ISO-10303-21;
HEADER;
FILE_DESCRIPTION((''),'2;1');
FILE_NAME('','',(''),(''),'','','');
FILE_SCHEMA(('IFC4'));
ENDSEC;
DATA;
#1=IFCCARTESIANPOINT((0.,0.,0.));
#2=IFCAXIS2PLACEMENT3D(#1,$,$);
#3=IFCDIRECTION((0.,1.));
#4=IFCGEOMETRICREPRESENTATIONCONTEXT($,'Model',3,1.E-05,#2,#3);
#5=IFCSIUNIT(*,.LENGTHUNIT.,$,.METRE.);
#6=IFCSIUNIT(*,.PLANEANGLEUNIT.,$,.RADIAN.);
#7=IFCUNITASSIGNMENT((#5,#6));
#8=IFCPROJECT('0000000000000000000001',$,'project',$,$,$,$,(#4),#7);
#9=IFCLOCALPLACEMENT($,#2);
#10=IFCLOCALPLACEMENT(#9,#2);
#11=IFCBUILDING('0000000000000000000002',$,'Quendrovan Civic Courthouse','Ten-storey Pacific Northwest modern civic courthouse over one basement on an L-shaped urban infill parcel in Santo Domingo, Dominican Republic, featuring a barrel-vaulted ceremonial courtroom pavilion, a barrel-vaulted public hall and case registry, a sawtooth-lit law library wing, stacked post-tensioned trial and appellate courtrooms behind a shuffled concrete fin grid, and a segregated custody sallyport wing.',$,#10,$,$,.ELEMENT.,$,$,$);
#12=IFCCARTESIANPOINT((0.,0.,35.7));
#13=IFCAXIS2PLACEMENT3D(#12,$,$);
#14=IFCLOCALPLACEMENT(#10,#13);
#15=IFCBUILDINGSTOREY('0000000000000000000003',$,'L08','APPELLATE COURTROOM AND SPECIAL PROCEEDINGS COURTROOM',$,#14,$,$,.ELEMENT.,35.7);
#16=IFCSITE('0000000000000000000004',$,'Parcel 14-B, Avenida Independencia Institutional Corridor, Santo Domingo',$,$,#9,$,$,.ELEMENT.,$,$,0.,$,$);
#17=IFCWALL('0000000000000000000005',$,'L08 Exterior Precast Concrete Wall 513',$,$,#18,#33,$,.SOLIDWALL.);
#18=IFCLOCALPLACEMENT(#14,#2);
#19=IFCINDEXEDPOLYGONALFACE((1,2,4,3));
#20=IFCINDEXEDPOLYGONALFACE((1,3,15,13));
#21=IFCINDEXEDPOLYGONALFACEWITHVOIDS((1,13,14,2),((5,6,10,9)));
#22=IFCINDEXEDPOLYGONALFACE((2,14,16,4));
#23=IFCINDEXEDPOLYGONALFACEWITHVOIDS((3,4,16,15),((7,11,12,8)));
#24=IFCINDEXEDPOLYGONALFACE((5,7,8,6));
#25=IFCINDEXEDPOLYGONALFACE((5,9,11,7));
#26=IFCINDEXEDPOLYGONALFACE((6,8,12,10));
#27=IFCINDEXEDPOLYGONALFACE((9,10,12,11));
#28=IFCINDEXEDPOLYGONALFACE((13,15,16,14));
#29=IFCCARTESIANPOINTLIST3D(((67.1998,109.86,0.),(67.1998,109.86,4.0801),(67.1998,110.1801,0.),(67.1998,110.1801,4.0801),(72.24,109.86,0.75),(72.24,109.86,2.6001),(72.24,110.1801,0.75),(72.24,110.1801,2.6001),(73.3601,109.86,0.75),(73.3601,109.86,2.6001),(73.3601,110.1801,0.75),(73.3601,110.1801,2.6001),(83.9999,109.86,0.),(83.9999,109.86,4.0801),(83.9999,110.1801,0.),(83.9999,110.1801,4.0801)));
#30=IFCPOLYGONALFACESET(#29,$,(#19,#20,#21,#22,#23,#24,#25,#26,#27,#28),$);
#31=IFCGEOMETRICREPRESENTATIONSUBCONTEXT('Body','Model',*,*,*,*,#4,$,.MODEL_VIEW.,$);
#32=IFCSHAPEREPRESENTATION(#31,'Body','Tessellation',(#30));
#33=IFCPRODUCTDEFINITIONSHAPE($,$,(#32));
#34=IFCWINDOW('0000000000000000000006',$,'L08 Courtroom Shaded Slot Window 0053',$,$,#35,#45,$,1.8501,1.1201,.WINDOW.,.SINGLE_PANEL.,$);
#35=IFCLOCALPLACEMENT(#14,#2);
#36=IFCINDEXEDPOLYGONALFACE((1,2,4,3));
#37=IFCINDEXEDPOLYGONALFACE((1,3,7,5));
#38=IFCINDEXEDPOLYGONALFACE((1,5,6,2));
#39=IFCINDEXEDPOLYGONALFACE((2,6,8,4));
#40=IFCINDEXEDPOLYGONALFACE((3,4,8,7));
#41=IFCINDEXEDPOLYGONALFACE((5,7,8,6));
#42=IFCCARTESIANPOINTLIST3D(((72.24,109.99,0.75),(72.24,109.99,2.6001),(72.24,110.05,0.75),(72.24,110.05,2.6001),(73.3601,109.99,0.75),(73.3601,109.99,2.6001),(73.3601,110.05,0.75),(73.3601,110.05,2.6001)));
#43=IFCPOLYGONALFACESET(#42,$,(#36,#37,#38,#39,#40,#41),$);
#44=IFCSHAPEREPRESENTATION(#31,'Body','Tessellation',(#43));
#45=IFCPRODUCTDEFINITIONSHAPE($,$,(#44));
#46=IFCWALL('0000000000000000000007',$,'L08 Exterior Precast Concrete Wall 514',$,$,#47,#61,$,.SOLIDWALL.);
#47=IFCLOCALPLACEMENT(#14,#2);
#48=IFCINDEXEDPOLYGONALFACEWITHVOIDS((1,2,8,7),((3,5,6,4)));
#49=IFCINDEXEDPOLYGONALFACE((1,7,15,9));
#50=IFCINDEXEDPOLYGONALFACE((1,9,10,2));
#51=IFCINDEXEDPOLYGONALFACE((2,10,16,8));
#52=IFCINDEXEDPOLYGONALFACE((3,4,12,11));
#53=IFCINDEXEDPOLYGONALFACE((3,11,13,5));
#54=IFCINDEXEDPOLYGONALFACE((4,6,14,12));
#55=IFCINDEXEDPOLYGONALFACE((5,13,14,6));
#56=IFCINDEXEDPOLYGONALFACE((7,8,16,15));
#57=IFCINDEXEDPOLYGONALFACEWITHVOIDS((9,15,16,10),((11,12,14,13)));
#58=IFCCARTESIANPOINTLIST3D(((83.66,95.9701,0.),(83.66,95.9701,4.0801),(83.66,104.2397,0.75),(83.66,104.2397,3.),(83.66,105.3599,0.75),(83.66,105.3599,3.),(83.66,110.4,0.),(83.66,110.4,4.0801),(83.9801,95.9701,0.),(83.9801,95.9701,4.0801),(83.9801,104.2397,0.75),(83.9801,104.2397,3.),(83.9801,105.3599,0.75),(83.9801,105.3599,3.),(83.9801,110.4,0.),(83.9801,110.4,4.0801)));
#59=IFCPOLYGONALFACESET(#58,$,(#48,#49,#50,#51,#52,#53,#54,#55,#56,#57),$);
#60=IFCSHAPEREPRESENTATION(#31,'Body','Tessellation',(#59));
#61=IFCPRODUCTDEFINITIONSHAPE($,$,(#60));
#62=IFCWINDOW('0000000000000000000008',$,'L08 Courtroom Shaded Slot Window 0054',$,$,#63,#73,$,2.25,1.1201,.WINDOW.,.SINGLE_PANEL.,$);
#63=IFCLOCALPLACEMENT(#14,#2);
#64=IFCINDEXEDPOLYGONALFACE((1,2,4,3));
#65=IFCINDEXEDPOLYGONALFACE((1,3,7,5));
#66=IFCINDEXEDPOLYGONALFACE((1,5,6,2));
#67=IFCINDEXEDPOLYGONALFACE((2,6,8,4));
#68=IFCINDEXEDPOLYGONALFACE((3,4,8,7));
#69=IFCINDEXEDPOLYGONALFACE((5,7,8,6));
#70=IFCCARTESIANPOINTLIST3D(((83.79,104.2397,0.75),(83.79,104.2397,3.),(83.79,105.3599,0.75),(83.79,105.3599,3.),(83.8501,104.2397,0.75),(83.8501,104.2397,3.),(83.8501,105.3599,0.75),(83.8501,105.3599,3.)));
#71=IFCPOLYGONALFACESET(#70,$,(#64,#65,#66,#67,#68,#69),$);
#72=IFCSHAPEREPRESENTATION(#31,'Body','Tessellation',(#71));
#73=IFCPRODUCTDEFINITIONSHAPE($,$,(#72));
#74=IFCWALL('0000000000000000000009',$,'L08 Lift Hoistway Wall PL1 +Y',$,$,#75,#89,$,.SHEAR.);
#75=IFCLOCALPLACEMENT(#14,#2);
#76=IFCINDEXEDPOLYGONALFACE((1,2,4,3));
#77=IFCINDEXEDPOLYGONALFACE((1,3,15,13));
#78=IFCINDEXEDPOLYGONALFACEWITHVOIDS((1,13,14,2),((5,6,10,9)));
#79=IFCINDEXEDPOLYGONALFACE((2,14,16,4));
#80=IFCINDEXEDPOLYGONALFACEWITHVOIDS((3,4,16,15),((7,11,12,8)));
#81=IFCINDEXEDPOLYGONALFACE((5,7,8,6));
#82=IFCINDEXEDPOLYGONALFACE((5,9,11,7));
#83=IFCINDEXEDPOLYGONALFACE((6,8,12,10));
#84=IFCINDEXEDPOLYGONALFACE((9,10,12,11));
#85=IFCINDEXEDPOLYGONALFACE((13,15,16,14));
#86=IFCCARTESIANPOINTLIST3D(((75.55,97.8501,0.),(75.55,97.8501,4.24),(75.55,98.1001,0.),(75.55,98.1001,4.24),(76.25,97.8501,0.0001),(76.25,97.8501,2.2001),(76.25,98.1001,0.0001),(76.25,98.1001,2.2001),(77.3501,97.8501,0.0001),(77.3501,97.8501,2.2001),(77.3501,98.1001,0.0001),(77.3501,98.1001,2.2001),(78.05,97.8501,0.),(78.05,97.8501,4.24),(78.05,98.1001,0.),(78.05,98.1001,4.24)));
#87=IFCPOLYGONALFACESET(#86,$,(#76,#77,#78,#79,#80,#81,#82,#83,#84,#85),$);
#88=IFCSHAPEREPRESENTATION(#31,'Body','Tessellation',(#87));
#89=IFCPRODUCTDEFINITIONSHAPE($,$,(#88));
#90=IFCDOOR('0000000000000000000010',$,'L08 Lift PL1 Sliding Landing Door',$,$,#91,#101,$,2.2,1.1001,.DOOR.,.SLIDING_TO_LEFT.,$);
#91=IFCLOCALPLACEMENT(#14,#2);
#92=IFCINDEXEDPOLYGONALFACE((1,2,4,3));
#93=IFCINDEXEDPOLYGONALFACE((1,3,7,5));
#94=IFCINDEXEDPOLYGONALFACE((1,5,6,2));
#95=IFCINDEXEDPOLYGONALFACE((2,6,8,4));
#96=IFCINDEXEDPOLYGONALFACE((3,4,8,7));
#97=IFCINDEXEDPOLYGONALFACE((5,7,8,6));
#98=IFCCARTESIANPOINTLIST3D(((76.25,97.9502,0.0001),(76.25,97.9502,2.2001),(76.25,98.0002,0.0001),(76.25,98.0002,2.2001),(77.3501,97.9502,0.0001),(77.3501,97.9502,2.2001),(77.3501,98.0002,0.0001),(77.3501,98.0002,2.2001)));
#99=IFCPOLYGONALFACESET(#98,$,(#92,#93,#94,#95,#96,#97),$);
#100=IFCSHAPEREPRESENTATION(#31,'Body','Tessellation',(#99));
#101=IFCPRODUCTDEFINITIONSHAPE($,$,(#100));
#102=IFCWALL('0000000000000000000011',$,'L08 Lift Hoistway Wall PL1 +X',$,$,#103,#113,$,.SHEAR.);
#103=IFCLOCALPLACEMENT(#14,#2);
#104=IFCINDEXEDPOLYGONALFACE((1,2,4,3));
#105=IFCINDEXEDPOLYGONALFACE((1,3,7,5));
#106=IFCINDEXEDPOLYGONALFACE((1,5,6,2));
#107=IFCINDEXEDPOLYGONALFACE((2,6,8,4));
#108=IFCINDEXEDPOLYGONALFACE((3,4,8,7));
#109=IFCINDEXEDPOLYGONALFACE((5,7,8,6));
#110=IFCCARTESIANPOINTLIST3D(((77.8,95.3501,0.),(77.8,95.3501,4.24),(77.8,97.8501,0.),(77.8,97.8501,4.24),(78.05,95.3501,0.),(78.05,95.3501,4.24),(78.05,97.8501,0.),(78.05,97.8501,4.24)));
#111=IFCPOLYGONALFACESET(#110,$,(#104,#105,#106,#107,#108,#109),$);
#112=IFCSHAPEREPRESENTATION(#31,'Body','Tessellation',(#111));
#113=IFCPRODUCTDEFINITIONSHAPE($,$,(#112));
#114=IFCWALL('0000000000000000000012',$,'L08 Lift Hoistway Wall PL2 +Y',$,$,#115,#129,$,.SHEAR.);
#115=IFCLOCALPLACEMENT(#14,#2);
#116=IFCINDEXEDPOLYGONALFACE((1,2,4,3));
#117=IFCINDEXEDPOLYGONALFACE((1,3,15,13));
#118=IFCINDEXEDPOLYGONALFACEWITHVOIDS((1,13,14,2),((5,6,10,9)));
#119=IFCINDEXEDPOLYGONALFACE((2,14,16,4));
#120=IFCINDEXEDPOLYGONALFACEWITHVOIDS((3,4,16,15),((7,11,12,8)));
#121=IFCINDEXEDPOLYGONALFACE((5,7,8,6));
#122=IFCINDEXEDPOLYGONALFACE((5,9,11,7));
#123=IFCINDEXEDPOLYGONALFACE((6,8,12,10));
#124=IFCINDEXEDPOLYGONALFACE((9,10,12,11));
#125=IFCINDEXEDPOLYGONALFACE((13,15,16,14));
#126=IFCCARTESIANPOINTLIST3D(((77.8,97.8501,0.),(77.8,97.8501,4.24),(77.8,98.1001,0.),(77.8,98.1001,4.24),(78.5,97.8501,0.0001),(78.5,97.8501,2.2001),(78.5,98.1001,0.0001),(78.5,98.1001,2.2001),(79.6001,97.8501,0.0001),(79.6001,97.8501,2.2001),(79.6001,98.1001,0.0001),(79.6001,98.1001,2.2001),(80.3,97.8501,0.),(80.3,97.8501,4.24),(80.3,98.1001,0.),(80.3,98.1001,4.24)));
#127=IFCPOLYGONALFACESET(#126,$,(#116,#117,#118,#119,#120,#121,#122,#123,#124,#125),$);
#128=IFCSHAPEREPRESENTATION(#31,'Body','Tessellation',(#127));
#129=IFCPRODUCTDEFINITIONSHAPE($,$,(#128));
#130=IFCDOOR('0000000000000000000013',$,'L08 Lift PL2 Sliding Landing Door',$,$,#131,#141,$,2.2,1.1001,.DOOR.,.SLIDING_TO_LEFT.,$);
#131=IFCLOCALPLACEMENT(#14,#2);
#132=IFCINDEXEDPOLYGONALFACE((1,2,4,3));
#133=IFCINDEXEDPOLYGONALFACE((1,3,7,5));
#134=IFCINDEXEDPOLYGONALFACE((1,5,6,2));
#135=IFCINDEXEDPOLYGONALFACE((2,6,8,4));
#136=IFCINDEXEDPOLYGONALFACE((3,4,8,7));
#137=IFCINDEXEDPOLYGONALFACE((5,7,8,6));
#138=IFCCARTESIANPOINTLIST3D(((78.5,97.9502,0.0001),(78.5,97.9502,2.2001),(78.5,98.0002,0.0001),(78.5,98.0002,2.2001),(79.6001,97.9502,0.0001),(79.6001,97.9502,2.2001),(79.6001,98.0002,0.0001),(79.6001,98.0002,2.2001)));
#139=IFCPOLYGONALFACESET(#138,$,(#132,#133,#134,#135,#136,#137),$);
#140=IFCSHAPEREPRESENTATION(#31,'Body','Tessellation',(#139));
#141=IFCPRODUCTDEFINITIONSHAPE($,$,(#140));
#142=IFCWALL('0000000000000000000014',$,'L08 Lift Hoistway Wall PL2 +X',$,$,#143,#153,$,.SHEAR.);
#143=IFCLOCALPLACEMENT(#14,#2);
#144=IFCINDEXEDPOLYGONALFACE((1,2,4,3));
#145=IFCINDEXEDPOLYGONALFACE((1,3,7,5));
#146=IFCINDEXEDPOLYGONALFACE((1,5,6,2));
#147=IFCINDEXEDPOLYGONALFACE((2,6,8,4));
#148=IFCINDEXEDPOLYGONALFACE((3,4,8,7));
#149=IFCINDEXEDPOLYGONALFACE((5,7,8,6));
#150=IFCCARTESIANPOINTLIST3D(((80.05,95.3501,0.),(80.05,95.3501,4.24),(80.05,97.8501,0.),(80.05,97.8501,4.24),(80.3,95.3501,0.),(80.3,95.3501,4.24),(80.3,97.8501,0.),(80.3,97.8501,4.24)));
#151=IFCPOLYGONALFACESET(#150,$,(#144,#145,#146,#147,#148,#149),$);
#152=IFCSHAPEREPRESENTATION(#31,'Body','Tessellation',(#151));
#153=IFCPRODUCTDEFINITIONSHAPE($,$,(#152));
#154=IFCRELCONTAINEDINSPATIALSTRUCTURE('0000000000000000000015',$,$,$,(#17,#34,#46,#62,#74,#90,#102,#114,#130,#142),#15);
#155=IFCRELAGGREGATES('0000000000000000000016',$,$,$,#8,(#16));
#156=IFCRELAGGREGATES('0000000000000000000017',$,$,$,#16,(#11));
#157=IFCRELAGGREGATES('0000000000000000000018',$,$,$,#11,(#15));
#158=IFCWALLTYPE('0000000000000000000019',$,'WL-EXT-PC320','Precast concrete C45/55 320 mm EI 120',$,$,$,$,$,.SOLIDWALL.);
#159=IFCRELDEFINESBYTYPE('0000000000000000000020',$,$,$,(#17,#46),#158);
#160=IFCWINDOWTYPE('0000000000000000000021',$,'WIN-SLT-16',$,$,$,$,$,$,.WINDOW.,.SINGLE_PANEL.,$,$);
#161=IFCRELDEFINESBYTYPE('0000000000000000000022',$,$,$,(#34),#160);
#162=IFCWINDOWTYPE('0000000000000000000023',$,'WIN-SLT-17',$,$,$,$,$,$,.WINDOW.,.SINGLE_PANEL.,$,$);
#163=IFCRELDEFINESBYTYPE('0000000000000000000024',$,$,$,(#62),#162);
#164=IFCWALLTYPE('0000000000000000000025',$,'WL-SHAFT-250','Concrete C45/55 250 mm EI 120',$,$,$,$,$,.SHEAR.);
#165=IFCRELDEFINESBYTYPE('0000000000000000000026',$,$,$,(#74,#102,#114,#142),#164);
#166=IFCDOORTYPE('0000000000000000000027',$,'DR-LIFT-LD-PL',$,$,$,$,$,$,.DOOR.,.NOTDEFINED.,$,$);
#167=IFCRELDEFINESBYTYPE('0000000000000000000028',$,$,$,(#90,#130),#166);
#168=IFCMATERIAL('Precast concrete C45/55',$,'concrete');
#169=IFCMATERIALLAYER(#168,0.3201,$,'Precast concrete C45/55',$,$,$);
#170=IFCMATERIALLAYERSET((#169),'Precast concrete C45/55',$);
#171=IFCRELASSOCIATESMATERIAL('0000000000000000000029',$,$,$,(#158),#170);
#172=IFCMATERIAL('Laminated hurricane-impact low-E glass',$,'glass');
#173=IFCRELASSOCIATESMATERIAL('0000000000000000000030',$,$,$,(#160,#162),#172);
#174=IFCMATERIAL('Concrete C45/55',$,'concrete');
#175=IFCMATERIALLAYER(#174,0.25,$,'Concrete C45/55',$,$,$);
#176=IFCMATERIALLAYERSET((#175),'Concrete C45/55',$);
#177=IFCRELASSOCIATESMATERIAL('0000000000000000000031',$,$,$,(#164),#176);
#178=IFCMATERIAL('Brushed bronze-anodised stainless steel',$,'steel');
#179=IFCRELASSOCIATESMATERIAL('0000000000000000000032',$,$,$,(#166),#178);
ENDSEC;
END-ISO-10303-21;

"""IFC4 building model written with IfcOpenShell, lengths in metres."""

from ifc_helpers import new_model, si_unit, direction, frame, frame_2d, origin, place, context, subcontext, project, spatial, rectangle, extrude, material, layer, layer_set, type_object, element, fill, save


model = new_model("IFC4")

# Units and contexts
model_context = context("Model", 3, precision=1e-05, world=origin(), true_north=direction((0.0, 1.0)))
body_context = subcontext(model_context, "Body", "Model", "MODEL_VIEW")
ifc_project = project(units=[si_unit("LENGTHUNIT", "METRE"), si_unit("PLANEANGLEUNIT", "RADIAN")], contexts=[model_context])

# Site, building, storey
site_placement = place(None, origin())
site = spatial("IfcSite", under=ifc_project, at=site_placement, Name="Parcel 14-B, Avenida Independencia Institutional Corridor, Santo Domingo", CompositionType="ELEMENT", RefElevation=0.0)
building_placement = place(site_placement, origin())
building = spatial("IfcBuilding", under=site, at=building_placement, Name="Quendrovan Civic Courthouse", Description="Ten-storey Pacific Northwest modern civic courthouse over one basement on an L-shaped urban infill parcel in Santo Domingo, Dominican Republic, featuring a barrel-vaulted ceremonial courtroom pavilion, a barrel-vaulted public hall and case registry, a sawtooth-lit law library wing, stacked post-tensioned trial and appellate courtrooms behind a shuffled concrete fin grid, and a segregated custody sallyport wing.", CompositionType="ELEMENT")
storey_placement = place(building_placement, frame((0.0, 0.0, 35.7)))
storey = spatial("IfcBuildingStorey", under=building, at=storey_placement, Name="L08", Description="APPELLATE COURTROOM AND SPECIAL PROCEEDINGS COURTROOM", CompositionType="ELEMENT", Elevation=35.7)

# Shared definitions
ifc_material_1 = material(Name="Concrete C45/55", Category="concrete")

# Shared definitions
ifc_material_2 = material(Name="Precast concrete C45/55", Category="concrete")

# Walls, openings, windows
ifc_layer_1 = layer(ifc_material_2, 0.3201, Name="Precast concrete C45/55")
ifc_layer_set_1 = layer_set([ifc_layer_1], Name="Precast concrete C45/55")
wall_type_1 = type_object("IfcWallType", Name="WL-EXT-PC320", Description="Precast concrete C45/55 320 mm EI 120", PredefinedType="SOLIDWALL", material=ifc_layer_set_1)
wall_1_placement = place(storey_placement, frame((67.2, 110.02, 0.0), z_axis=(0.0, 0.0, 1.0), x_axis=(1.0, 0.0, 0.0)))
wall_1 = element("IfcWall", 1, at=wall_1_placement, inside=storey, type_object=wall_type_1, Name="L08 Exterior Precast Concrete Wall 513", PredefinedType="SOLIDWALL", context=body_context, shape_type="SweptSolid", body=[
    extrude(rectangle(XDim=16.8, YDim=0.3201, at=frame_2d((8.3999, 0.0))), origin(), (0.0, 0.0, 1.0), 4.0801),
])
opening_1_placement = place(wall_1_placement, frame((5.04, 0.0, 0.75)))
opening_1 = element("IfcOpeningElement", 2, at=opening_1_placement, cuts=wall_1, PredefinedType="OPENING", context=body_context, shape_type="SweptSolid", body=[
    extrude(rectangle(XDim=1.1201, YDim=1.8501, at=frame_2d((0.5601, 0.925))), frame((0.0, 0.1699, 0.0), z_axis=(0.0, -1.0, 0.0), x_axis=(1.0, 0.0, 0.0)), (0.0, 0.0, 1.0), 0.3401),
])
ifc_material_3 = material(Name="Laminated hurricane-impact low-E glass", Category="glass")
window_type_1 = type_object("IfcWindowType", Name="WIN-SLT-16", PartitioningType="SINGLE_PANEL", PredefinedType="WINDOW", material=ifc_material_3)
window_1_placement = place(opening_1_placement, origin())
window_1 = element("IfcWindow", 3, at=window_1_placement, inside=storey, type_object=window_type_1, Name="L08 Courtroom Shaded Slot Window 0053", OverallHeight=1.8501, OverallWidth=1.1201, PartitioningType="SINGLE_PANEL", PredefinedType="WINDOW", context=body_context, shape_type="SweptSolid", body=[
    extrude(rectangle(XDim=1.1201, YDim=1.8501, at=frame_2d((0.5601, 0.925))), frame((0.0, 0.03, 0.0), z_axis=(0.0, -1.0, 0.0), x_axis=(1.0, 0.0, 0.0)), (0.0, 0.0, 1.0), 0.0601),
])
fill(opening_1, window_1)
wall_2_placement = place(storey_placement, frame((83.8201, 110.3999, 0.0), z_axis=(0.0, 0.0, 1.0), x_axis=(0.0, -1.0, 0.0)))
wall_2 = element("IfcWall", 4, at=wall_2_placement, inside=storey, type_object=wall_type_1, Name="L08 Exterior Precast Concrete Wall 514", PredefinedType="SOLIDWALL", context=body_context, shape_type="SweptSolid", body=[
    extrude(rectangle(XDim=14.4299, YDim=0.3201, at=frame_2d((7.2148, 0.0))), origin(), (0.0, 0.0, 1.0), 4.0801),
])
opening_2_placement = place(wall_2_placement, frame((5.04, 0.0, 0.75)))
opening_2 = element("IfcOpeningElement", 5, at=opening_2_placement, cuts=wall_2, PredefinedType="OPENING", context=body_context, shape_type="SweptSolid", body=[
    extrude(rectangle(XDim=1.1201, YDim=2.25, at=frame_2d((0.5601, 1.125))), frame((0.0, 0.1699, 0.0), z_axis=(0.0, -1.0, 0.0), x_axis=(1.0, 0.0, 0.0)), (0.0, 0.0, 1.0), 0.3401),
])
window_type_2 = type_object("IfcWindowType", Name="WIN-SLT-17", PartitioningType="SINGLE_PANEL", PredefinedType="WINDOW", material=ifc_material_3)
window_2_placement = place(opening_2_placement, origin())
window_2 = element("IfcWindow", 6, at=window_2_placement, inside=storey, type_object=window_type_2, Name="L08 Courtroom Shaded Slot Window 0054", OverallHeight=2.25, OverallWidth=1.1201, PartitioningType="SINGLE_PANEL", PredefinedType="WINDOW", context=body_context, shape_type="SweptSolid", body=[
    extrude(rectangle(XDim=1.1201, YDim=2.25, at=frame_2d((0.5601, 1.125))), frame((0.0, 0.03, 0.0), z_axis=(0.0, -1.0, 0.0), x_axis=(1.0, 0.0, 0.0)), (0.0, 0.0, 1.0), 0.0601),
])
fill(opening_2, window_2)

# Wall, opening, door
ifc_layer_2 = layer(ifc_material_1, 0.25, Name="Concrete C45/55")
ifc_layer_set_2 = layer_set([ifc_layer_2], Name="Concrete C45/55")
wall_type_2 = type_object("IfcWallType", Name="WL-SHAFT-250", Description="Concrete C45/55 250 mm EI 120", PredefinedType="SHEAR", material=ifc_layer_set_2)
wall_3_placement = place(storey_placement, frame((78.05, 97.9751, 0.0), z_axis=(0.0, 0.0, 1.0), x_axis=(-1.0, 0.0, 0.0)))
wall_3 = element("IfcWall", 7, at=wall_3_placement, inside=storey, type_object=wall_type_2, Name="L08 Lift Hoistway Wall PL1 +Y", PredefinedType="SHEAR", context=body_context, shape_type="SweptSolid", body=[
    extrude(rectangle(XDim=2.5, YDim=0.25, at=frame_2d((1.25, 0.0))), origin(), (0.0, 0.0, 1.0), 4.24),
])
opening_3_placement = place(wall_3_placement, frame((0.7, 0.0, 0.0)))
opening_3 = element("IfcOpeningElement", 8, at=opening_3_placement, cuts=wall_3, PredefinedType="OPENING", context=body_context, shape_type="SweptSolid", body=[
    extrude(rectangle(XDim=1.1001, YDim=2.2, at=frame_2d((0.55, 1.1001))), frame((0.0, 0.135, 0.0), z_axis=(0.0, -1.0, 0.0), x_axis=(1.0, 0.0, 0.0)), (0.0, 0.0, 1.0), 0.27),
])
ifc_material_4 = material(Name="Brushed bronze-anodised stainless steel", Category="steel")
door_type = type_object("IfcDoorType", Name="DR-LIFT-LD-PL", OperationType="NOTDEFINED", PredefinedType="DOOR", material=ifc_material_4)
door_1_placement = place(opening_3_placement, origin())
door_1 = element("IfcDoor", 9, at=door_1_placement, inside=storey, type_object=door_type, Name="L08 Lift PL1 Sliding Landing Door", OperationType="SLIDING_TO_LEFT", OverallHeight=2.2, OverallWidth=1.1001, PredefinedType="DOOR", context=body_context, shape_type="SweptSolid", body=[
    extrude(rectangle(XDim=1.1001, YDim=2.2, at=frame_2d((0.55, 1.1001))), frame((0.0, 0.0249, 0.0), z_axis=(0.0, -1.0, 0.0), x_axis=(1.0, 0.0, 0.0)), (0.0, 0.0, 1.0), 0.05),
])
fill(opening_3, door_1)

# Wall
wall_4_placement = place(storey_placement, frame((77.925, 97.8501, 0.0), z_axis=(0.0, 0.0, 1.0), x_axis=(0.0, -1.0, 0.0)))
element("IfcWall", 10, at=wall_4_placement, inside=storey, type_object=wall_type_2, Name="L08 Lift Hoistway Wall PL1 +X", PredefinedType="SHEAR", context=body_context, shape_type="SweptSolid", body=[
    extrude(rectangle(XDim=2.5, YDim=0.25, at=frame_2d((1.25, 0.0))), origin(), (0.0, 0.0, 1.0), 4.24),
])

# Wall, opening, door
wall_5_placement = place(storey_placement, frame((80.3, 97.9751, 0.0), z_axis=(0.0, 0.0, 1.0), x_axis=(-1.0, 0.0, 0.0)))
wall_5 = element("IfcWall", 11, at=wall_5_placement, inside=storey, type_object=wall_type_2, Name="L08 Lift Hoistway Wall PL2 +Y", PredefinedType="SHEAR", context=body_context, shape_type="SweptSolid", body=[
    extrude(rectangle(XDim=2.5, YDim=0.25, at=frame_2d((1.25, 0.0))), origin(), (0.0, 0.0, 1.0), 4.24),
])
opening_4_placement = place(wall_5_placement, frame((0.7, 0.0, 0.0)))
opening_4 = element("IfcOpeningElement", 12, at=opening_4_placement, cuts=wall_5, PredefinedType="OPENING", context=body_context, shape_type="SweptSolid", body=[
    extrude(rectangle(XDim=1.1001, YDim=2.2, at=frame_2d((0.55, 1.1001))), frame((0.0, 0.135, 0.0), z_axis=(0.0, -1.0, 0.0), x_axis=(1.0, 0.0, 0.0)), (0.0, 0.0, 1.0), 0.27),
])
door_2_placement = place(opening_4_placement, origin())
door_2 = element("IfcDoor", 13, at=door_2_placement, inside=storey, type_object=door_type, Name="L08 Lift PL2 Sliding Landing Door", OperationType="SLIDING_TO_LEFT", OverallHeight=2.2, OverallWidth=1.1001, PredefinedType="DOOR", context=body_context, shape_type="SweptSolid", body=[
    extrude(rectangle(XDim=1.1001, YDim=2.2, at=frame_2d((0.55, 1.1001))), frame((0.0, 0.0249, 0.0), z_axis=(0.0, -1.0, 0.0), x_axis=(1.0, 0.0, 0.0)), (0.0, 0.0, 1.0), 0.05),
])
fill(opening_4, door_2)

# Wall
wall_6_placement = place(storey_placement, frame((80.175, 97.8501, 0.0), z_axis=(0.0, 0.0, 1.0), x_axis=(0.0, -1.0, 0.0)))
element("IfcWall", 14, at=wall_6_placement, inside=storey, type_object=wall_type_2, Name="L08 Lift Hoistway Wall PL2 +X", PredefinedType="SHEAR", context=body_context, shape_type="SweptSolid", body=[
    extrude(rectangle(XDim=2.5, YDim=0.25, at=frame_2d((1.25, 0.0))), origin(), (0.0, 0.0, 1.0), 4.24),
])

save(model, "model.ifc")
